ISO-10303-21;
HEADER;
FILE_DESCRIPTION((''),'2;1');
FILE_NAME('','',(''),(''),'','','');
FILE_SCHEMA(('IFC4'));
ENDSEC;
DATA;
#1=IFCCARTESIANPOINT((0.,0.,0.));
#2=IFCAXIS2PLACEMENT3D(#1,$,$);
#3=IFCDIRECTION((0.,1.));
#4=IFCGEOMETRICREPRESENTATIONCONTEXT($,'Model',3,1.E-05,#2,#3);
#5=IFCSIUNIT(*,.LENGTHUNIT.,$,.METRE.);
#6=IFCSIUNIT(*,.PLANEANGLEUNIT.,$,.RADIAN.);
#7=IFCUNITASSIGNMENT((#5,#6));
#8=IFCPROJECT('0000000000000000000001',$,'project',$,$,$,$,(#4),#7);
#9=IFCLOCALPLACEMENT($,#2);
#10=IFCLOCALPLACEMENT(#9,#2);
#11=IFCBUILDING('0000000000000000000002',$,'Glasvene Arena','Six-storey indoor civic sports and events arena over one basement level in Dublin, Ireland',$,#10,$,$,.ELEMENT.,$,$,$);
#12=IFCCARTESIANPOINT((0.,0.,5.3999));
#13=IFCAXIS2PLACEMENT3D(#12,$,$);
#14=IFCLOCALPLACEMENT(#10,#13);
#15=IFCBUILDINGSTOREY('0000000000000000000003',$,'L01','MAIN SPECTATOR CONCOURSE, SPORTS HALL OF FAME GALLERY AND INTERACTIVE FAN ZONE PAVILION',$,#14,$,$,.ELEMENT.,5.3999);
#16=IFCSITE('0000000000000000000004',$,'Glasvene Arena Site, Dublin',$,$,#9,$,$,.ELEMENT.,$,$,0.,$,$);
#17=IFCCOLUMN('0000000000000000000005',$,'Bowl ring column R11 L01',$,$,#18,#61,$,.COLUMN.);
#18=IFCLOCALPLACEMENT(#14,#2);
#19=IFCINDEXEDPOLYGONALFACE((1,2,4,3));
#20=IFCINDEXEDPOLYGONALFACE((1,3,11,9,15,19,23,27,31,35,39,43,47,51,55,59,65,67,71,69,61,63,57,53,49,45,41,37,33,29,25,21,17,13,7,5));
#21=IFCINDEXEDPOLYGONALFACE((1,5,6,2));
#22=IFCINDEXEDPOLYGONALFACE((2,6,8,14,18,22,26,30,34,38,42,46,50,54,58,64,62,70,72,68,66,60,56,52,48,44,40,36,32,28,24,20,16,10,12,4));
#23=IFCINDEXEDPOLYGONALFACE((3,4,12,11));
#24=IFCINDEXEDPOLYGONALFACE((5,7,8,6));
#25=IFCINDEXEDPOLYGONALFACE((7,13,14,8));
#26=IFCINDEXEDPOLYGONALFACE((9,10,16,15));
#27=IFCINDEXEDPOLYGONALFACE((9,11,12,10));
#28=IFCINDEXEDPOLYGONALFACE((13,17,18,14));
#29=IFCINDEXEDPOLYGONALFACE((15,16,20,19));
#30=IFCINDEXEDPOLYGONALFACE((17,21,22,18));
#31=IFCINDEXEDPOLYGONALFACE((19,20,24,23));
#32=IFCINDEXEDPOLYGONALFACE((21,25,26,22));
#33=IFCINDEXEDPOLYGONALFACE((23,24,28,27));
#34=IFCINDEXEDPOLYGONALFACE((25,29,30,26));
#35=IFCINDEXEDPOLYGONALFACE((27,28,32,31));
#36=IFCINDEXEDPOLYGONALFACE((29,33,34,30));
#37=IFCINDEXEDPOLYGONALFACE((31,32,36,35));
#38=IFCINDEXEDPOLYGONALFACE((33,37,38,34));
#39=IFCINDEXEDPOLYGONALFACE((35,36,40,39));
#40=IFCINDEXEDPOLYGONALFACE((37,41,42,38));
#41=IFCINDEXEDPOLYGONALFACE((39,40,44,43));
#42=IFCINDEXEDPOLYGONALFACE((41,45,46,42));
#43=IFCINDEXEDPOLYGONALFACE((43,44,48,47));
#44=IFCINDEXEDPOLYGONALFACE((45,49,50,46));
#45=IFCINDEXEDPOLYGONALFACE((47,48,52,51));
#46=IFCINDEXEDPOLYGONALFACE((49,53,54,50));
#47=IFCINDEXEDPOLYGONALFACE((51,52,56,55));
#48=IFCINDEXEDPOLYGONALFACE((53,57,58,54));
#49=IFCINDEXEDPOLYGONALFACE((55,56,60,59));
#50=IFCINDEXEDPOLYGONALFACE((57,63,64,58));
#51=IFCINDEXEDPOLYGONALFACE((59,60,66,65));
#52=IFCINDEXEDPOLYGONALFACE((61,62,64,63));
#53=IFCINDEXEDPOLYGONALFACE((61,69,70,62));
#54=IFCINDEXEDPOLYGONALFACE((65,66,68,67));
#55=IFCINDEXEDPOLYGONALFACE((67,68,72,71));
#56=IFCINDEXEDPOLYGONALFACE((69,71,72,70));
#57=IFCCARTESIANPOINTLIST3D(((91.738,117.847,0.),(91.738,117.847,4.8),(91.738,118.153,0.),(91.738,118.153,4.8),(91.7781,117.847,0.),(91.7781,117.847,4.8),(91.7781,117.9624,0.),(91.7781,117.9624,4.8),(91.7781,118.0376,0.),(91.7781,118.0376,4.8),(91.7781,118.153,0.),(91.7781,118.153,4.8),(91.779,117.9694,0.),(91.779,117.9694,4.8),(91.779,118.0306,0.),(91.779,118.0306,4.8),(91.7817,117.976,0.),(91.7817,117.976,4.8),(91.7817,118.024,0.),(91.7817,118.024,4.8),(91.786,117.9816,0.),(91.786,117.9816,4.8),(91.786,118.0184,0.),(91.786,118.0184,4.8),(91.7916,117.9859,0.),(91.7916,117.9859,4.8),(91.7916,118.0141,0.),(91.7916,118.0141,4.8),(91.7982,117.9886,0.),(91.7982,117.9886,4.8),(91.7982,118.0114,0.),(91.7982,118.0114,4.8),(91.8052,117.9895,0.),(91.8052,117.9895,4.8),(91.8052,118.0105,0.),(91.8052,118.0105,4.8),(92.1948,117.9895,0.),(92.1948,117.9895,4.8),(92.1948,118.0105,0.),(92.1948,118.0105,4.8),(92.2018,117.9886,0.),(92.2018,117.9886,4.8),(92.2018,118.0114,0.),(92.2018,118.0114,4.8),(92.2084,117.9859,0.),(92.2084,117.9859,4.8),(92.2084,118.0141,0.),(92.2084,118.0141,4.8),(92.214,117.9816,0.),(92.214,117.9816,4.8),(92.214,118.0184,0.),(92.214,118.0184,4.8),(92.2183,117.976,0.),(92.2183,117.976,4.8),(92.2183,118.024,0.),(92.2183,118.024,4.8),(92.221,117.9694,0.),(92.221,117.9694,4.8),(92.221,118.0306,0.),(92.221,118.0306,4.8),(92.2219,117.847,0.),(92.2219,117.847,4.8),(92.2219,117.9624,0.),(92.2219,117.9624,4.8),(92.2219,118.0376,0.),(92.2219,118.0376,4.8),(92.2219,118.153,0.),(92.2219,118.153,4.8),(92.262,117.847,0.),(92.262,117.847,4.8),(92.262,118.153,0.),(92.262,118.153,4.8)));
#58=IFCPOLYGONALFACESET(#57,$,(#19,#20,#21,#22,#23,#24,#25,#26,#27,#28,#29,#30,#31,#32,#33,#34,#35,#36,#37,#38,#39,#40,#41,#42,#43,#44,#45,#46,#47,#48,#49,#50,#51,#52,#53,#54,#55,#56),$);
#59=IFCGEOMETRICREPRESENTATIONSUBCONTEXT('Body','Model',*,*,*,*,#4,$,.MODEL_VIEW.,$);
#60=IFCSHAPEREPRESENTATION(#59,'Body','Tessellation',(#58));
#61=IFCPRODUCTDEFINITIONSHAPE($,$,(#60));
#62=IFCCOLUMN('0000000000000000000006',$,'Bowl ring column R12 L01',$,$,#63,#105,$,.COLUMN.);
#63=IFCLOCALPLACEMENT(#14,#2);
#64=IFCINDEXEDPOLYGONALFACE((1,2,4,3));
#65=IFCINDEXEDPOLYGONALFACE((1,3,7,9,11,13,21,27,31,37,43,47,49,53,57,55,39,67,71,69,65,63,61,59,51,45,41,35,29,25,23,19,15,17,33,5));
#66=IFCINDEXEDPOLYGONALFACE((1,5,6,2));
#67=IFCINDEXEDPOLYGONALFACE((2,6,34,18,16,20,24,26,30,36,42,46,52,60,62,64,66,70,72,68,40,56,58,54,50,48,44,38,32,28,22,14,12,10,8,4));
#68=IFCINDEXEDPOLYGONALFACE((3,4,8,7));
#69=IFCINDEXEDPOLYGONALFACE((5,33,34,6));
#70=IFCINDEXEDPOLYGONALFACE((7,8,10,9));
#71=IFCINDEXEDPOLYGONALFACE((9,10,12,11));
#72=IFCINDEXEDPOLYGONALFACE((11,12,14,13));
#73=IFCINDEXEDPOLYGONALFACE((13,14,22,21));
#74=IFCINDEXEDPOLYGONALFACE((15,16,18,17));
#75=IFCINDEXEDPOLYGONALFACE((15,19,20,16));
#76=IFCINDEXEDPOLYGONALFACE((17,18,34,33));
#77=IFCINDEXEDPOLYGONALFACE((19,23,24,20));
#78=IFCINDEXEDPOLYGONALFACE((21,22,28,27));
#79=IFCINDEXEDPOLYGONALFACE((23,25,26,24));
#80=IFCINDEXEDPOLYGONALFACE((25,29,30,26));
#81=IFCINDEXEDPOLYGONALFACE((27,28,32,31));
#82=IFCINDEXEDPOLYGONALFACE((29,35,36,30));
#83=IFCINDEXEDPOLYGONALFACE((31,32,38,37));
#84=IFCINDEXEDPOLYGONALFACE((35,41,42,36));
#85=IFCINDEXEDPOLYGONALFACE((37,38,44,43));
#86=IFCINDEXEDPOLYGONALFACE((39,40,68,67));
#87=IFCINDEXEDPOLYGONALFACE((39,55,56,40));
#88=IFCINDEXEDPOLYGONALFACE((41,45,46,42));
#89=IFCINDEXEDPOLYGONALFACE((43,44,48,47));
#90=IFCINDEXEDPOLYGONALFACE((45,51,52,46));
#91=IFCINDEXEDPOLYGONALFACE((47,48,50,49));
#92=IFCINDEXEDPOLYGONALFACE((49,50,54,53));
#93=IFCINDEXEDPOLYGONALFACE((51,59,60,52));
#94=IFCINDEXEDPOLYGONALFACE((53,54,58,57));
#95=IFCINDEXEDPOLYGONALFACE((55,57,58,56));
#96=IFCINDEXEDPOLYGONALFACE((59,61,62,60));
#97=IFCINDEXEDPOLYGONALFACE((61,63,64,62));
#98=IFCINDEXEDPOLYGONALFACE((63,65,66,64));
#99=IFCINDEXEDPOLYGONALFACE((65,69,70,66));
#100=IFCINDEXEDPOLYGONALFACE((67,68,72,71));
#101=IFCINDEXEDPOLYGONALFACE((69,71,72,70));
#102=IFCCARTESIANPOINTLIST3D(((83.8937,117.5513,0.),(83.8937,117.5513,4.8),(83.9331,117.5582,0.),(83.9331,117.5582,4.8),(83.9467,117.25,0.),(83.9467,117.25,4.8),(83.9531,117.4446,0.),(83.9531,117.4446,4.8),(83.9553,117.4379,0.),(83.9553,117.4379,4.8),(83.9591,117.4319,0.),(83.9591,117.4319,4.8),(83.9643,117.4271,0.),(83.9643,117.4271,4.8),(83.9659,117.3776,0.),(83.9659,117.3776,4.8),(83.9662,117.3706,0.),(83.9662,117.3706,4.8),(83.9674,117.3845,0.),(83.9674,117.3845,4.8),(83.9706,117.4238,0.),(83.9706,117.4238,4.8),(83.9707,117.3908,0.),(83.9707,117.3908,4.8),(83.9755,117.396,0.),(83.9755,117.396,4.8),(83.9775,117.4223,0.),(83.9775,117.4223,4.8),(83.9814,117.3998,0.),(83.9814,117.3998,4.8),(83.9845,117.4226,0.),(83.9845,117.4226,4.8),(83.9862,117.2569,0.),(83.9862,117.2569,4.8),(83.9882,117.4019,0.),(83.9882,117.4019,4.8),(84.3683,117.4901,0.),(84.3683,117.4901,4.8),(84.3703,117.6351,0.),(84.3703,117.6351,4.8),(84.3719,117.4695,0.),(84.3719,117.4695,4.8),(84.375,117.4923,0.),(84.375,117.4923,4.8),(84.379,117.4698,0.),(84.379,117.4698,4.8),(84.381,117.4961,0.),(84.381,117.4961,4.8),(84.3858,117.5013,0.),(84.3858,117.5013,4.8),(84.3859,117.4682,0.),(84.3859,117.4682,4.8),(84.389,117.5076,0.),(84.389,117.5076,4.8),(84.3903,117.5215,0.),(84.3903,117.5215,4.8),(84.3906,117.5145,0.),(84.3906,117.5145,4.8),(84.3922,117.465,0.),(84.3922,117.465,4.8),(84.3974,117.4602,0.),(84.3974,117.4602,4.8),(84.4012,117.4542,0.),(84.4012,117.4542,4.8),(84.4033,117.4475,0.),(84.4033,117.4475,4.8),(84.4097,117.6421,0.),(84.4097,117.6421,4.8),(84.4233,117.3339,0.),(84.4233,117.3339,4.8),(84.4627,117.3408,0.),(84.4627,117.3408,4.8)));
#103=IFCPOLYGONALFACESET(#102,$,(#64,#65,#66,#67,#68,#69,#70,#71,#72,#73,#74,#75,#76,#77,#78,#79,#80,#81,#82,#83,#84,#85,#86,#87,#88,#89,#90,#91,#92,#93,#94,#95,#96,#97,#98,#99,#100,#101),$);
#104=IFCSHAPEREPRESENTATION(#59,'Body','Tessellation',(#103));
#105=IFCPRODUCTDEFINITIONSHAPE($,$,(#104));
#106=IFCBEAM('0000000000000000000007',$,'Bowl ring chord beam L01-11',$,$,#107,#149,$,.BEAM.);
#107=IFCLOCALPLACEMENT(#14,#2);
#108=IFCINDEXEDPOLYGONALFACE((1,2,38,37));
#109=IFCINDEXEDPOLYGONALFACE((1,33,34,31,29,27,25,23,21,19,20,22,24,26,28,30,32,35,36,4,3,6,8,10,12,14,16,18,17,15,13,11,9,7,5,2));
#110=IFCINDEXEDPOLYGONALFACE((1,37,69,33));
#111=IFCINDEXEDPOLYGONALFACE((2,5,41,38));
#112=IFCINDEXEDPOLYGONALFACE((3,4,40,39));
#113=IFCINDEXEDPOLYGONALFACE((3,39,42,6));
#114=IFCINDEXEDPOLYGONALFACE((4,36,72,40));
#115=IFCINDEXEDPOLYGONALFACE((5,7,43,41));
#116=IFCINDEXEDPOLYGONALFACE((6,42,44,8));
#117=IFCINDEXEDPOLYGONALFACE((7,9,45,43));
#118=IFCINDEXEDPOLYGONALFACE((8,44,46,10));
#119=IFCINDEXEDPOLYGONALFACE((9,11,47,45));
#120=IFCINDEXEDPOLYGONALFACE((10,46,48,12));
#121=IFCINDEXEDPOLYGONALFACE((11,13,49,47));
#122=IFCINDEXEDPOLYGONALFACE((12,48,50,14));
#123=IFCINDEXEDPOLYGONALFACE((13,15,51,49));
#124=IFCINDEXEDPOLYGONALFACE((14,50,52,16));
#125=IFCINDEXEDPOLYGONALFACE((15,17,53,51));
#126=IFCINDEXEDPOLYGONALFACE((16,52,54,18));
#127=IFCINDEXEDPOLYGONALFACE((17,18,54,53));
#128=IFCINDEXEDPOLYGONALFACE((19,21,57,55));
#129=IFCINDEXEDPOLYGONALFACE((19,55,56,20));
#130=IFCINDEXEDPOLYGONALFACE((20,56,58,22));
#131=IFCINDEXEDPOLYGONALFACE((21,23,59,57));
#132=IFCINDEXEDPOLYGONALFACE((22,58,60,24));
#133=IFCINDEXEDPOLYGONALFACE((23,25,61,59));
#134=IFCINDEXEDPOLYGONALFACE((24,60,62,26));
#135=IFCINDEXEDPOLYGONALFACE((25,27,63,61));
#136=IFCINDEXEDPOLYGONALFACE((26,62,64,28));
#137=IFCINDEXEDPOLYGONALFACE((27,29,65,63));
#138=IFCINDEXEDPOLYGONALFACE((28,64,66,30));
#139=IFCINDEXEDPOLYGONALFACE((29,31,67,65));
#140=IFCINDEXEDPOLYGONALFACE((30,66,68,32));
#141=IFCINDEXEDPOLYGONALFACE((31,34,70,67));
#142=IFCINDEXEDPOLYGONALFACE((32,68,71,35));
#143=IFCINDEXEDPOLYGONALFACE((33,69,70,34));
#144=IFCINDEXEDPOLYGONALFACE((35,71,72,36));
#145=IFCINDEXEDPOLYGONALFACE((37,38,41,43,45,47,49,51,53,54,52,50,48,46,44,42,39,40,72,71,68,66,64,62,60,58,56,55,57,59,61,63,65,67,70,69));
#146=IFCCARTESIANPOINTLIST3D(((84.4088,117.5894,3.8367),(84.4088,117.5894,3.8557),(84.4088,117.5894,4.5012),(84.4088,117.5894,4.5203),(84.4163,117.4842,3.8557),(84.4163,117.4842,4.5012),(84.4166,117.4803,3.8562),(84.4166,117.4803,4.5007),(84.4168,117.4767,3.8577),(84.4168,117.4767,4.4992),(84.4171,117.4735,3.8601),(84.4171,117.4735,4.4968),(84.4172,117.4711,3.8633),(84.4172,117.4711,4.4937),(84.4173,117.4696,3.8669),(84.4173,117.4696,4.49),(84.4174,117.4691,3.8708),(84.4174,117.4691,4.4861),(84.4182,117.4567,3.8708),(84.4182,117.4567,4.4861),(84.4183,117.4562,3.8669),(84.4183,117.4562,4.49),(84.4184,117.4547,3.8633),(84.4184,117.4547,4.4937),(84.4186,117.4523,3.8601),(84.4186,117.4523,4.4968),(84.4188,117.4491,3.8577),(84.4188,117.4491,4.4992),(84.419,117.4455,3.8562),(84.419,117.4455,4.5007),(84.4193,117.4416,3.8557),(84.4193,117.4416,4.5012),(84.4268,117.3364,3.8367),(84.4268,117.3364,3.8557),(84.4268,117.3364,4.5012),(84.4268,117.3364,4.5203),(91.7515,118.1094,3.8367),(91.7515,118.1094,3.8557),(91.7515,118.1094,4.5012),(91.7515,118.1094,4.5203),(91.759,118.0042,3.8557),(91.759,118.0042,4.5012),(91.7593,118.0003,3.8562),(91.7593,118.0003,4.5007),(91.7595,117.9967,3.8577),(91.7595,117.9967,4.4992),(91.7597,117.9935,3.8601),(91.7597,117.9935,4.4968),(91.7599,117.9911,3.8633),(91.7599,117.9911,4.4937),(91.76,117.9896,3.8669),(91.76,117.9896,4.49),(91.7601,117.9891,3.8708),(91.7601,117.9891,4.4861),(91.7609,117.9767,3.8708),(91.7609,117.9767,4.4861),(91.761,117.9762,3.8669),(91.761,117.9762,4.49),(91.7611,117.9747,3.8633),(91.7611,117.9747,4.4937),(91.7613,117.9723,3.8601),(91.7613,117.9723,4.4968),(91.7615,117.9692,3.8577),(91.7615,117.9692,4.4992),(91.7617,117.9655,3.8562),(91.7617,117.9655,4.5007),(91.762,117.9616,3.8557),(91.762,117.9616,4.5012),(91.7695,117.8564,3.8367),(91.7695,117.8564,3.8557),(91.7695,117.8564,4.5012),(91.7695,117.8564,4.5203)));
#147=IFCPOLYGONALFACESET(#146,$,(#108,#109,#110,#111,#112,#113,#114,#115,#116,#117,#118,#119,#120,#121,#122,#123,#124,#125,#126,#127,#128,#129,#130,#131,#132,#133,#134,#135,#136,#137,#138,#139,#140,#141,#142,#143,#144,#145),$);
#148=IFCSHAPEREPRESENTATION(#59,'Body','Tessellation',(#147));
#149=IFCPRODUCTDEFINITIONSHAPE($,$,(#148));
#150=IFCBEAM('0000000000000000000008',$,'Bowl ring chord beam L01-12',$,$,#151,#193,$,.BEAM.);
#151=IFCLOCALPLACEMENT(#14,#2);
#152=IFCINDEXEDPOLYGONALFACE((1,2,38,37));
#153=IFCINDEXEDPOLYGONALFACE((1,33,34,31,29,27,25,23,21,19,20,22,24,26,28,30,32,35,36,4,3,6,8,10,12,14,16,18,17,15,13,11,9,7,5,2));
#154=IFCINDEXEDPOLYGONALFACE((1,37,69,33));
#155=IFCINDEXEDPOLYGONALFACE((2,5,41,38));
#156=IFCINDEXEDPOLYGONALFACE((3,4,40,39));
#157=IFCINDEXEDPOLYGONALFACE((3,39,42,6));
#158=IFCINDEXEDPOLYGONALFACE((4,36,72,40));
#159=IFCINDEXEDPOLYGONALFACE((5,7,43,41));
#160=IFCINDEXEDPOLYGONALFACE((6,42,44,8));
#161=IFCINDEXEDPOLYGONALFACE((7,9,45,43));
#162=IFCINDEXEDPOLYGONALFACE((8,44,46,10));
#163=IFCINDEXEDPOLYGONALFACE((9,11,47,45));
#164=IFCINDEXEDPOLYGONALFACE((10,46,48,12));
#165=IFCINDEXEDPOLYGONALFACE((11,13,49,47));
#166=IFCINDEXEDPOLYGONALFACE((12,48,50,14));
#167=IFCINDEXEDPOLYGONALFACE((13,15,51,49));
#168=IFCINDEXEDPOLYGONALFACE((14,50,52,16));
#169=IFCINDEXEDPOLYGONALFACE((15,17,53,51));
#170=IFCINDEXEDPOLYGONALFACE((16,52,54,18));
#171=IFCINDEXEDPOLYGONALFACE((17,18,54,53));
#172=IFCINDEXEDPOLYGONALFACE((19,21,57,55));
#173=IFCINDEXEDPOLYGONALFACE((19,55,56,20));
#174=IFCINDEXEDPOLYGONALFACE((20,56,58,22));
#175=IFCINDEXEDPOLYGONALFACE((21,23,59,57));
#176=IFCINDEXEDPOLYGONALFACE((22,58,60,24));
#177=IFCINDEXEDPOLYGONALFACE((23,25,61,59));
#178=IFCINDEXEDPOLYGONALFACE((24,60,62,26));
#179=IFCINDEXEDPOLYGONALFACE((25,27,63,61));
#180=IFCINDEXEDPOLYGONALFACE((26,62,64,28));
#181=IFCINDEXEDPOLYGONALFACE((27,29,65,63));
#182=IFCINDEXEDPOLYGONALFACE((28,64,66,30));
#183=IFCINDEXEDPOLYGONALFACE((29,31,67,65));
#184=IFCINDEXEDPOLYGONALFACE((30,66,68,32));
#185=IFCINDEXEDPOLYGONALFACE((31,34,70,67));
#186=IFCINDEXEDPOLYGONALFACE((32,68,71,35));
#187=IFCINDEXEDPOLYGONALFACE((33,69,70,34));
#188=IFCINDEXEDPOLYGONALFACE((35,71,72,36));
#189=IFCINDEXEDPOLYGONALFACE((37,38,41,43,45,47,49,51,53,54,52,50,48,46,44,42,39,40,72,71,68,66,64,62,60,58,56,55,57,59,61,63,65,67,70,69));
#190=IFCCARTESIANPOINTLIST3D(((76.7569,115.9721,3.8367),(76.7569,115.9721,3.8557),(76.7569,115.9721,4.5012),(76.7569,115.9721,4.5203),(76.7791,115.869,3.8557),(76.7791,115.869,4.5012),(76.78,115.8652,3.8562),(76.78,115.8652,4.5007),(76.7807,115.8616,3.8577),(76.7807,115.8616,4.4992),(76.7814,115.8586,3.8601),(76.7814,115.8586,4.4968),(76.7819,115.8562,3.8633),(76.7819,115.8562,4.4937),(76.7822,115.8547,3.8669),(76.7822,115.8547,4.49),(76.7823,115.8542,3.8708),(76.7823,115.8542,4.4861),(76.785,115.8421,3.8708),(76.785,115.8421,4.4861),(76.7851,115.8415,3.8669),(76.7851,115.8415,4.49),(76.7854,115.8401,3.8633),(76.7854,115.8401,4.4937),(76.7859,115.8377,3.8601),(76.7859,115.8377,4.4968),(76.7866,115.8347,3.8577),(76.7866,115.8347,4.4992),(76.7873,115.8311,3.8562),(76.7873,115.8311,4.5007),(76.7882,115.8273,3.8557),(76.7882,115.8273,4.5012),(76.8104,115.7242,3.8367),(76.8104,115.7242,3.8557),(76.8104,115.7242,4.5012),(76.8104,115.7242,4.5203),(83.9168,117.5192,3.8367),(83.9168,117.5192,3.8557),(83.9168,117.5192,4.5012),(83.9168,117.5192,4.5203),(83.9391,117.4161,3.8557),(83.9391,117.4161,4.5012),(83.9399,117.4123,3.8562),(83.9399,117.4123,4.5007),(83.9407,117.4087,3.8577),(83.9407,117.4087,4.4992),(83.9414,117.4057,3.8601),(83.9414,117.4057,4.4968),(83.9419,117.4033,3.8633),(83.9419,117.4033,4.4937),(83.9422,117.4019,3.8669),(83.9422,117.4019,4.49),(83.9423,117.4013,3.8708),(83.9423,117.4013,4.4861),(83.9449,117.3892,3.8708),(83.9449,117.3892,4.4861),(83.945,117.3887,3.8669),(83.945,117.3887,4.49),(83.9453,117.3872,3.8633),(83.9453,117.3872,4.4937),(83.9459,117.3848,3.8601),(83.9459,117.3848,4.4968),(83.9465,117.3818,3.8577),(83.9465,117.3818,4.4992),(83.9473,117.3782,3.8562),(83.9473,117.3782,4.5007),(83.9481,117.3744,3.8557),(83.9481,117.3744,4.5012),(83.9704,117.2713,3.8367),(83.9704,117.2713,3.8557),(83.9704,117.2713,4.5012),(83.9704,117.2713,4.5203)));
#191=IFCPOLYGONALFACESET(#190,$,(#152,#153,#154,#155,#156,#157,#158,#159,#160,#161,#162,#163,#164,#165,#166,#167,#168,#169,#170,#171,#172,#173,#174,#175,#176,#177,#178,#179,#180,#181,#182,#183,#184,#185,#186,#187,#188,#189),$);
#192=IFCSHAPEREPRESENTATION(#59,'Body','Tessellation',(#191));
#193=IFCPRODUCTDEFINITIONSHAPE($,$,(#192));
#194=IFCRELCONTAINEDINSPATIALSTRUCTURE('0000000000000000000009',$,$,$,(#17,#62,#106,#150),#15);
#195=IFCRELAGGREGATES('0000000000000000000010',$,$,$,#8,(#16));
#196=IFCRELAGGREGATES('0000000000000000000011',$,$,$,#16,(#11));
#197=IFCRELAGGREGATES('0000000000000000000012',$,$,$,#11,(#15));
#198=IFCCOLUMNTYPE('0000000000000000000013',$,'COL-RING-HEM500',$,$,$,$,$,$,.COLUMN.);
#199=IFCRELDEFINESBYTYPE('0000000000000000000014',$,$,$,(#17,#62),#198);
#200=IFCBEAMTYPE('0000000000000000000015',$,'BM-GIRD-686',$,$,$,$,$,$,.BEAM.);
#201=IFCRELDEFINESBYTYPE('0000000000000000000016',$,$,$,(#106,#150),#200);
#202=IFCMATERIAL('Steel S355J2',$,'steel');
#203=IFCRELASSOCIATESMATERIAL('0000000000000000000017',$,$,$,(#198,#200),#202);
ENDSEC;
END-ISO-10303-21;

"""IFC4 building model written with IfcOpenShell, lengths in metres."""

from ifc_helpers import new_model, si_unit, direction, frame, origin, origin_2d, place, context, subcontext, project, spatial, i_section, extrude, material, material_profile, profile_set, type_object, element, save


model = new_model("IFC4")

# Units and contexts
model_context = context("Model", 3, precision=1e-05, world=origin(), true_north=direction((0.0, 1.0)))
body_context = subcontext(model_context, "Body", "Model", "MODEL_VIEW")
ifc_project = project(units=[si_unit("LENGTHUNIT", "METRE"), si_unit("PLANEANGLEUNIT", "RADIAN")], contexts=[model_context])

# Site, building, storey
site_placement = place(None, origin())
site = spatial("IfcSite", under=ifc_project, at=site_placement, Name="Glasvene Arena Site, Dublin", CompositionType="ELEMENT", RefElevation=0.0)
building_placement = place(site_placement, origin())
building = spatial("IfcBuilding", under=site, at=building_placement, Name="Glasvene Arena", Description="Six-storey indoor civic sports and events arena over one basement level in Dublin, Ireland", CompositionType="ELEMENT")
storey_placement = place(building_placement, frame((0.0, 0.0, 5.3999)))
storey = spatial("IfcBuildingStorey", under=building, at=storey_placement, Name="L01", Description="MAIN SPECTATOR CONCOURSE, SPORTS HALL OF FAME GALLERY AND INTERACTIVE FAN ZONE PAVILION", CompositionType="ELEMENT", Elevation=5.3999)

# Columns
ifc_material_1 = material(Name="Steel S355J2", Category="steel")
ifc_material_profile_1 = material_profile(ifc_material_1, i_section(OverallWidth=0.3059, OverallDepth=0.5239, WebThickness=0.021, FlangeThickness=0.04, FilletRadius=0.0271, at=origin_2d()), Name="HEM 500")
ifc_profile_set_1 = profile_set([ifc_material_profile_1], Name="Steel S355J2")
column_type = type_object("IfcColumnType", Name="COL-RING-HEM500", PredefinedType="COLUMN", material=ifc_profile_set_1)
for number, where, z_axis, x_axis, name in (
    (1, (92.0, 118.0, 0.0), (0.0, 0.0, 1.0), (0.0, 1.0, 0.0), "Bowl ring column R11 L01"),
    (2, (84.1782, 117.446, 0.0), (0.0, 0.0, 1.0), (-0.173304, 0.984868, 0.0), "Bowl ring column R12 L01"),
):
    element("IfcColumn", number, at=place(storey_placement, frame(where, z_axis=z_axis, x_axis=x_axis)), inside=storey, type_object=column_type, Name=name, PredefinedType="COLUMN", context=body_context, shape_type="SweptSolid", body=[
        extrude(i_section(OverallWidth=0.3059, OverallDepth=0.5239, WebThickness=0.021, FlangeThickness=0.04, FilletRadius=0.0271, at=origin_2d()), origin(), (0.0, 0.0, 1.0), 4.8),
    ])

# Beams
ifc_material_profile_2 = material_profile(ifc_material_1, i_section(OverallWidth=0.2537, OverallDepth=0.6836, WebThickness=0.0125, FlangeThickness=0.019, FilletRadius=0.0151, at=origin_2d()), Name="UKB 686x254x140")
ifc_profile_set_2 = profile_set([ifc_material_profile_2], Name="Steel S355J2")
beam_type = type_object("IfcBeamType", Name="BM-GIRD-686", PredefinedType="BEAM", material=ifc_profile_set_2)
beam_1_placement = place(storey_placement, frame((91.7605, 117.9829, 4.1785), z_axis=(-0.997502, -0.070644, 0.0), x_axis=(0.070644, -0.997502, 0.0)))
element("IfcBeam", 3, at=beam_1_placement, inside=storey, type_object=beam_type, Name="Bowl ring chord beam L01-11", PredefinedType="BEAM", context=body_context, shape_type="SweptSolid", body=[
    extrude(i_section(OverallWidth=0.2537, OverallDepth=0.6836, WebThickness=0.0125, FlangeThickness=0.019, FilletRadius=0.0151, at=origin_2d()), origin(), (0.0, 0.0, 1.0), 7.3611),
])
beam_2_placement = place(storey_placement, frame((83.9436, 117.3953, 4.1785), z_axis=(-0.977442, -0.211206, 0.0), x_axis=(0.211206, -0.977442, 0.0)))
element("IfcBeam", 4, at=beam_2_placement, inside=storey, type_object=beam_type, Name="Bowl ring chord beam L01-12", PredefinedType="BEAM", context=body_context, shape_type="SweptSolid", body=[
    extrude(i_section(OverallWidth=0.2537, OverallDepth=0.6836, WebThickness=0.0125, FlangeThickness=0.019, FilletRadius=0.0151, at=origin_2d()), origin(), (0.0, 0.0, 1.0), 7.3252),
])

save(model, "model.ifc")
